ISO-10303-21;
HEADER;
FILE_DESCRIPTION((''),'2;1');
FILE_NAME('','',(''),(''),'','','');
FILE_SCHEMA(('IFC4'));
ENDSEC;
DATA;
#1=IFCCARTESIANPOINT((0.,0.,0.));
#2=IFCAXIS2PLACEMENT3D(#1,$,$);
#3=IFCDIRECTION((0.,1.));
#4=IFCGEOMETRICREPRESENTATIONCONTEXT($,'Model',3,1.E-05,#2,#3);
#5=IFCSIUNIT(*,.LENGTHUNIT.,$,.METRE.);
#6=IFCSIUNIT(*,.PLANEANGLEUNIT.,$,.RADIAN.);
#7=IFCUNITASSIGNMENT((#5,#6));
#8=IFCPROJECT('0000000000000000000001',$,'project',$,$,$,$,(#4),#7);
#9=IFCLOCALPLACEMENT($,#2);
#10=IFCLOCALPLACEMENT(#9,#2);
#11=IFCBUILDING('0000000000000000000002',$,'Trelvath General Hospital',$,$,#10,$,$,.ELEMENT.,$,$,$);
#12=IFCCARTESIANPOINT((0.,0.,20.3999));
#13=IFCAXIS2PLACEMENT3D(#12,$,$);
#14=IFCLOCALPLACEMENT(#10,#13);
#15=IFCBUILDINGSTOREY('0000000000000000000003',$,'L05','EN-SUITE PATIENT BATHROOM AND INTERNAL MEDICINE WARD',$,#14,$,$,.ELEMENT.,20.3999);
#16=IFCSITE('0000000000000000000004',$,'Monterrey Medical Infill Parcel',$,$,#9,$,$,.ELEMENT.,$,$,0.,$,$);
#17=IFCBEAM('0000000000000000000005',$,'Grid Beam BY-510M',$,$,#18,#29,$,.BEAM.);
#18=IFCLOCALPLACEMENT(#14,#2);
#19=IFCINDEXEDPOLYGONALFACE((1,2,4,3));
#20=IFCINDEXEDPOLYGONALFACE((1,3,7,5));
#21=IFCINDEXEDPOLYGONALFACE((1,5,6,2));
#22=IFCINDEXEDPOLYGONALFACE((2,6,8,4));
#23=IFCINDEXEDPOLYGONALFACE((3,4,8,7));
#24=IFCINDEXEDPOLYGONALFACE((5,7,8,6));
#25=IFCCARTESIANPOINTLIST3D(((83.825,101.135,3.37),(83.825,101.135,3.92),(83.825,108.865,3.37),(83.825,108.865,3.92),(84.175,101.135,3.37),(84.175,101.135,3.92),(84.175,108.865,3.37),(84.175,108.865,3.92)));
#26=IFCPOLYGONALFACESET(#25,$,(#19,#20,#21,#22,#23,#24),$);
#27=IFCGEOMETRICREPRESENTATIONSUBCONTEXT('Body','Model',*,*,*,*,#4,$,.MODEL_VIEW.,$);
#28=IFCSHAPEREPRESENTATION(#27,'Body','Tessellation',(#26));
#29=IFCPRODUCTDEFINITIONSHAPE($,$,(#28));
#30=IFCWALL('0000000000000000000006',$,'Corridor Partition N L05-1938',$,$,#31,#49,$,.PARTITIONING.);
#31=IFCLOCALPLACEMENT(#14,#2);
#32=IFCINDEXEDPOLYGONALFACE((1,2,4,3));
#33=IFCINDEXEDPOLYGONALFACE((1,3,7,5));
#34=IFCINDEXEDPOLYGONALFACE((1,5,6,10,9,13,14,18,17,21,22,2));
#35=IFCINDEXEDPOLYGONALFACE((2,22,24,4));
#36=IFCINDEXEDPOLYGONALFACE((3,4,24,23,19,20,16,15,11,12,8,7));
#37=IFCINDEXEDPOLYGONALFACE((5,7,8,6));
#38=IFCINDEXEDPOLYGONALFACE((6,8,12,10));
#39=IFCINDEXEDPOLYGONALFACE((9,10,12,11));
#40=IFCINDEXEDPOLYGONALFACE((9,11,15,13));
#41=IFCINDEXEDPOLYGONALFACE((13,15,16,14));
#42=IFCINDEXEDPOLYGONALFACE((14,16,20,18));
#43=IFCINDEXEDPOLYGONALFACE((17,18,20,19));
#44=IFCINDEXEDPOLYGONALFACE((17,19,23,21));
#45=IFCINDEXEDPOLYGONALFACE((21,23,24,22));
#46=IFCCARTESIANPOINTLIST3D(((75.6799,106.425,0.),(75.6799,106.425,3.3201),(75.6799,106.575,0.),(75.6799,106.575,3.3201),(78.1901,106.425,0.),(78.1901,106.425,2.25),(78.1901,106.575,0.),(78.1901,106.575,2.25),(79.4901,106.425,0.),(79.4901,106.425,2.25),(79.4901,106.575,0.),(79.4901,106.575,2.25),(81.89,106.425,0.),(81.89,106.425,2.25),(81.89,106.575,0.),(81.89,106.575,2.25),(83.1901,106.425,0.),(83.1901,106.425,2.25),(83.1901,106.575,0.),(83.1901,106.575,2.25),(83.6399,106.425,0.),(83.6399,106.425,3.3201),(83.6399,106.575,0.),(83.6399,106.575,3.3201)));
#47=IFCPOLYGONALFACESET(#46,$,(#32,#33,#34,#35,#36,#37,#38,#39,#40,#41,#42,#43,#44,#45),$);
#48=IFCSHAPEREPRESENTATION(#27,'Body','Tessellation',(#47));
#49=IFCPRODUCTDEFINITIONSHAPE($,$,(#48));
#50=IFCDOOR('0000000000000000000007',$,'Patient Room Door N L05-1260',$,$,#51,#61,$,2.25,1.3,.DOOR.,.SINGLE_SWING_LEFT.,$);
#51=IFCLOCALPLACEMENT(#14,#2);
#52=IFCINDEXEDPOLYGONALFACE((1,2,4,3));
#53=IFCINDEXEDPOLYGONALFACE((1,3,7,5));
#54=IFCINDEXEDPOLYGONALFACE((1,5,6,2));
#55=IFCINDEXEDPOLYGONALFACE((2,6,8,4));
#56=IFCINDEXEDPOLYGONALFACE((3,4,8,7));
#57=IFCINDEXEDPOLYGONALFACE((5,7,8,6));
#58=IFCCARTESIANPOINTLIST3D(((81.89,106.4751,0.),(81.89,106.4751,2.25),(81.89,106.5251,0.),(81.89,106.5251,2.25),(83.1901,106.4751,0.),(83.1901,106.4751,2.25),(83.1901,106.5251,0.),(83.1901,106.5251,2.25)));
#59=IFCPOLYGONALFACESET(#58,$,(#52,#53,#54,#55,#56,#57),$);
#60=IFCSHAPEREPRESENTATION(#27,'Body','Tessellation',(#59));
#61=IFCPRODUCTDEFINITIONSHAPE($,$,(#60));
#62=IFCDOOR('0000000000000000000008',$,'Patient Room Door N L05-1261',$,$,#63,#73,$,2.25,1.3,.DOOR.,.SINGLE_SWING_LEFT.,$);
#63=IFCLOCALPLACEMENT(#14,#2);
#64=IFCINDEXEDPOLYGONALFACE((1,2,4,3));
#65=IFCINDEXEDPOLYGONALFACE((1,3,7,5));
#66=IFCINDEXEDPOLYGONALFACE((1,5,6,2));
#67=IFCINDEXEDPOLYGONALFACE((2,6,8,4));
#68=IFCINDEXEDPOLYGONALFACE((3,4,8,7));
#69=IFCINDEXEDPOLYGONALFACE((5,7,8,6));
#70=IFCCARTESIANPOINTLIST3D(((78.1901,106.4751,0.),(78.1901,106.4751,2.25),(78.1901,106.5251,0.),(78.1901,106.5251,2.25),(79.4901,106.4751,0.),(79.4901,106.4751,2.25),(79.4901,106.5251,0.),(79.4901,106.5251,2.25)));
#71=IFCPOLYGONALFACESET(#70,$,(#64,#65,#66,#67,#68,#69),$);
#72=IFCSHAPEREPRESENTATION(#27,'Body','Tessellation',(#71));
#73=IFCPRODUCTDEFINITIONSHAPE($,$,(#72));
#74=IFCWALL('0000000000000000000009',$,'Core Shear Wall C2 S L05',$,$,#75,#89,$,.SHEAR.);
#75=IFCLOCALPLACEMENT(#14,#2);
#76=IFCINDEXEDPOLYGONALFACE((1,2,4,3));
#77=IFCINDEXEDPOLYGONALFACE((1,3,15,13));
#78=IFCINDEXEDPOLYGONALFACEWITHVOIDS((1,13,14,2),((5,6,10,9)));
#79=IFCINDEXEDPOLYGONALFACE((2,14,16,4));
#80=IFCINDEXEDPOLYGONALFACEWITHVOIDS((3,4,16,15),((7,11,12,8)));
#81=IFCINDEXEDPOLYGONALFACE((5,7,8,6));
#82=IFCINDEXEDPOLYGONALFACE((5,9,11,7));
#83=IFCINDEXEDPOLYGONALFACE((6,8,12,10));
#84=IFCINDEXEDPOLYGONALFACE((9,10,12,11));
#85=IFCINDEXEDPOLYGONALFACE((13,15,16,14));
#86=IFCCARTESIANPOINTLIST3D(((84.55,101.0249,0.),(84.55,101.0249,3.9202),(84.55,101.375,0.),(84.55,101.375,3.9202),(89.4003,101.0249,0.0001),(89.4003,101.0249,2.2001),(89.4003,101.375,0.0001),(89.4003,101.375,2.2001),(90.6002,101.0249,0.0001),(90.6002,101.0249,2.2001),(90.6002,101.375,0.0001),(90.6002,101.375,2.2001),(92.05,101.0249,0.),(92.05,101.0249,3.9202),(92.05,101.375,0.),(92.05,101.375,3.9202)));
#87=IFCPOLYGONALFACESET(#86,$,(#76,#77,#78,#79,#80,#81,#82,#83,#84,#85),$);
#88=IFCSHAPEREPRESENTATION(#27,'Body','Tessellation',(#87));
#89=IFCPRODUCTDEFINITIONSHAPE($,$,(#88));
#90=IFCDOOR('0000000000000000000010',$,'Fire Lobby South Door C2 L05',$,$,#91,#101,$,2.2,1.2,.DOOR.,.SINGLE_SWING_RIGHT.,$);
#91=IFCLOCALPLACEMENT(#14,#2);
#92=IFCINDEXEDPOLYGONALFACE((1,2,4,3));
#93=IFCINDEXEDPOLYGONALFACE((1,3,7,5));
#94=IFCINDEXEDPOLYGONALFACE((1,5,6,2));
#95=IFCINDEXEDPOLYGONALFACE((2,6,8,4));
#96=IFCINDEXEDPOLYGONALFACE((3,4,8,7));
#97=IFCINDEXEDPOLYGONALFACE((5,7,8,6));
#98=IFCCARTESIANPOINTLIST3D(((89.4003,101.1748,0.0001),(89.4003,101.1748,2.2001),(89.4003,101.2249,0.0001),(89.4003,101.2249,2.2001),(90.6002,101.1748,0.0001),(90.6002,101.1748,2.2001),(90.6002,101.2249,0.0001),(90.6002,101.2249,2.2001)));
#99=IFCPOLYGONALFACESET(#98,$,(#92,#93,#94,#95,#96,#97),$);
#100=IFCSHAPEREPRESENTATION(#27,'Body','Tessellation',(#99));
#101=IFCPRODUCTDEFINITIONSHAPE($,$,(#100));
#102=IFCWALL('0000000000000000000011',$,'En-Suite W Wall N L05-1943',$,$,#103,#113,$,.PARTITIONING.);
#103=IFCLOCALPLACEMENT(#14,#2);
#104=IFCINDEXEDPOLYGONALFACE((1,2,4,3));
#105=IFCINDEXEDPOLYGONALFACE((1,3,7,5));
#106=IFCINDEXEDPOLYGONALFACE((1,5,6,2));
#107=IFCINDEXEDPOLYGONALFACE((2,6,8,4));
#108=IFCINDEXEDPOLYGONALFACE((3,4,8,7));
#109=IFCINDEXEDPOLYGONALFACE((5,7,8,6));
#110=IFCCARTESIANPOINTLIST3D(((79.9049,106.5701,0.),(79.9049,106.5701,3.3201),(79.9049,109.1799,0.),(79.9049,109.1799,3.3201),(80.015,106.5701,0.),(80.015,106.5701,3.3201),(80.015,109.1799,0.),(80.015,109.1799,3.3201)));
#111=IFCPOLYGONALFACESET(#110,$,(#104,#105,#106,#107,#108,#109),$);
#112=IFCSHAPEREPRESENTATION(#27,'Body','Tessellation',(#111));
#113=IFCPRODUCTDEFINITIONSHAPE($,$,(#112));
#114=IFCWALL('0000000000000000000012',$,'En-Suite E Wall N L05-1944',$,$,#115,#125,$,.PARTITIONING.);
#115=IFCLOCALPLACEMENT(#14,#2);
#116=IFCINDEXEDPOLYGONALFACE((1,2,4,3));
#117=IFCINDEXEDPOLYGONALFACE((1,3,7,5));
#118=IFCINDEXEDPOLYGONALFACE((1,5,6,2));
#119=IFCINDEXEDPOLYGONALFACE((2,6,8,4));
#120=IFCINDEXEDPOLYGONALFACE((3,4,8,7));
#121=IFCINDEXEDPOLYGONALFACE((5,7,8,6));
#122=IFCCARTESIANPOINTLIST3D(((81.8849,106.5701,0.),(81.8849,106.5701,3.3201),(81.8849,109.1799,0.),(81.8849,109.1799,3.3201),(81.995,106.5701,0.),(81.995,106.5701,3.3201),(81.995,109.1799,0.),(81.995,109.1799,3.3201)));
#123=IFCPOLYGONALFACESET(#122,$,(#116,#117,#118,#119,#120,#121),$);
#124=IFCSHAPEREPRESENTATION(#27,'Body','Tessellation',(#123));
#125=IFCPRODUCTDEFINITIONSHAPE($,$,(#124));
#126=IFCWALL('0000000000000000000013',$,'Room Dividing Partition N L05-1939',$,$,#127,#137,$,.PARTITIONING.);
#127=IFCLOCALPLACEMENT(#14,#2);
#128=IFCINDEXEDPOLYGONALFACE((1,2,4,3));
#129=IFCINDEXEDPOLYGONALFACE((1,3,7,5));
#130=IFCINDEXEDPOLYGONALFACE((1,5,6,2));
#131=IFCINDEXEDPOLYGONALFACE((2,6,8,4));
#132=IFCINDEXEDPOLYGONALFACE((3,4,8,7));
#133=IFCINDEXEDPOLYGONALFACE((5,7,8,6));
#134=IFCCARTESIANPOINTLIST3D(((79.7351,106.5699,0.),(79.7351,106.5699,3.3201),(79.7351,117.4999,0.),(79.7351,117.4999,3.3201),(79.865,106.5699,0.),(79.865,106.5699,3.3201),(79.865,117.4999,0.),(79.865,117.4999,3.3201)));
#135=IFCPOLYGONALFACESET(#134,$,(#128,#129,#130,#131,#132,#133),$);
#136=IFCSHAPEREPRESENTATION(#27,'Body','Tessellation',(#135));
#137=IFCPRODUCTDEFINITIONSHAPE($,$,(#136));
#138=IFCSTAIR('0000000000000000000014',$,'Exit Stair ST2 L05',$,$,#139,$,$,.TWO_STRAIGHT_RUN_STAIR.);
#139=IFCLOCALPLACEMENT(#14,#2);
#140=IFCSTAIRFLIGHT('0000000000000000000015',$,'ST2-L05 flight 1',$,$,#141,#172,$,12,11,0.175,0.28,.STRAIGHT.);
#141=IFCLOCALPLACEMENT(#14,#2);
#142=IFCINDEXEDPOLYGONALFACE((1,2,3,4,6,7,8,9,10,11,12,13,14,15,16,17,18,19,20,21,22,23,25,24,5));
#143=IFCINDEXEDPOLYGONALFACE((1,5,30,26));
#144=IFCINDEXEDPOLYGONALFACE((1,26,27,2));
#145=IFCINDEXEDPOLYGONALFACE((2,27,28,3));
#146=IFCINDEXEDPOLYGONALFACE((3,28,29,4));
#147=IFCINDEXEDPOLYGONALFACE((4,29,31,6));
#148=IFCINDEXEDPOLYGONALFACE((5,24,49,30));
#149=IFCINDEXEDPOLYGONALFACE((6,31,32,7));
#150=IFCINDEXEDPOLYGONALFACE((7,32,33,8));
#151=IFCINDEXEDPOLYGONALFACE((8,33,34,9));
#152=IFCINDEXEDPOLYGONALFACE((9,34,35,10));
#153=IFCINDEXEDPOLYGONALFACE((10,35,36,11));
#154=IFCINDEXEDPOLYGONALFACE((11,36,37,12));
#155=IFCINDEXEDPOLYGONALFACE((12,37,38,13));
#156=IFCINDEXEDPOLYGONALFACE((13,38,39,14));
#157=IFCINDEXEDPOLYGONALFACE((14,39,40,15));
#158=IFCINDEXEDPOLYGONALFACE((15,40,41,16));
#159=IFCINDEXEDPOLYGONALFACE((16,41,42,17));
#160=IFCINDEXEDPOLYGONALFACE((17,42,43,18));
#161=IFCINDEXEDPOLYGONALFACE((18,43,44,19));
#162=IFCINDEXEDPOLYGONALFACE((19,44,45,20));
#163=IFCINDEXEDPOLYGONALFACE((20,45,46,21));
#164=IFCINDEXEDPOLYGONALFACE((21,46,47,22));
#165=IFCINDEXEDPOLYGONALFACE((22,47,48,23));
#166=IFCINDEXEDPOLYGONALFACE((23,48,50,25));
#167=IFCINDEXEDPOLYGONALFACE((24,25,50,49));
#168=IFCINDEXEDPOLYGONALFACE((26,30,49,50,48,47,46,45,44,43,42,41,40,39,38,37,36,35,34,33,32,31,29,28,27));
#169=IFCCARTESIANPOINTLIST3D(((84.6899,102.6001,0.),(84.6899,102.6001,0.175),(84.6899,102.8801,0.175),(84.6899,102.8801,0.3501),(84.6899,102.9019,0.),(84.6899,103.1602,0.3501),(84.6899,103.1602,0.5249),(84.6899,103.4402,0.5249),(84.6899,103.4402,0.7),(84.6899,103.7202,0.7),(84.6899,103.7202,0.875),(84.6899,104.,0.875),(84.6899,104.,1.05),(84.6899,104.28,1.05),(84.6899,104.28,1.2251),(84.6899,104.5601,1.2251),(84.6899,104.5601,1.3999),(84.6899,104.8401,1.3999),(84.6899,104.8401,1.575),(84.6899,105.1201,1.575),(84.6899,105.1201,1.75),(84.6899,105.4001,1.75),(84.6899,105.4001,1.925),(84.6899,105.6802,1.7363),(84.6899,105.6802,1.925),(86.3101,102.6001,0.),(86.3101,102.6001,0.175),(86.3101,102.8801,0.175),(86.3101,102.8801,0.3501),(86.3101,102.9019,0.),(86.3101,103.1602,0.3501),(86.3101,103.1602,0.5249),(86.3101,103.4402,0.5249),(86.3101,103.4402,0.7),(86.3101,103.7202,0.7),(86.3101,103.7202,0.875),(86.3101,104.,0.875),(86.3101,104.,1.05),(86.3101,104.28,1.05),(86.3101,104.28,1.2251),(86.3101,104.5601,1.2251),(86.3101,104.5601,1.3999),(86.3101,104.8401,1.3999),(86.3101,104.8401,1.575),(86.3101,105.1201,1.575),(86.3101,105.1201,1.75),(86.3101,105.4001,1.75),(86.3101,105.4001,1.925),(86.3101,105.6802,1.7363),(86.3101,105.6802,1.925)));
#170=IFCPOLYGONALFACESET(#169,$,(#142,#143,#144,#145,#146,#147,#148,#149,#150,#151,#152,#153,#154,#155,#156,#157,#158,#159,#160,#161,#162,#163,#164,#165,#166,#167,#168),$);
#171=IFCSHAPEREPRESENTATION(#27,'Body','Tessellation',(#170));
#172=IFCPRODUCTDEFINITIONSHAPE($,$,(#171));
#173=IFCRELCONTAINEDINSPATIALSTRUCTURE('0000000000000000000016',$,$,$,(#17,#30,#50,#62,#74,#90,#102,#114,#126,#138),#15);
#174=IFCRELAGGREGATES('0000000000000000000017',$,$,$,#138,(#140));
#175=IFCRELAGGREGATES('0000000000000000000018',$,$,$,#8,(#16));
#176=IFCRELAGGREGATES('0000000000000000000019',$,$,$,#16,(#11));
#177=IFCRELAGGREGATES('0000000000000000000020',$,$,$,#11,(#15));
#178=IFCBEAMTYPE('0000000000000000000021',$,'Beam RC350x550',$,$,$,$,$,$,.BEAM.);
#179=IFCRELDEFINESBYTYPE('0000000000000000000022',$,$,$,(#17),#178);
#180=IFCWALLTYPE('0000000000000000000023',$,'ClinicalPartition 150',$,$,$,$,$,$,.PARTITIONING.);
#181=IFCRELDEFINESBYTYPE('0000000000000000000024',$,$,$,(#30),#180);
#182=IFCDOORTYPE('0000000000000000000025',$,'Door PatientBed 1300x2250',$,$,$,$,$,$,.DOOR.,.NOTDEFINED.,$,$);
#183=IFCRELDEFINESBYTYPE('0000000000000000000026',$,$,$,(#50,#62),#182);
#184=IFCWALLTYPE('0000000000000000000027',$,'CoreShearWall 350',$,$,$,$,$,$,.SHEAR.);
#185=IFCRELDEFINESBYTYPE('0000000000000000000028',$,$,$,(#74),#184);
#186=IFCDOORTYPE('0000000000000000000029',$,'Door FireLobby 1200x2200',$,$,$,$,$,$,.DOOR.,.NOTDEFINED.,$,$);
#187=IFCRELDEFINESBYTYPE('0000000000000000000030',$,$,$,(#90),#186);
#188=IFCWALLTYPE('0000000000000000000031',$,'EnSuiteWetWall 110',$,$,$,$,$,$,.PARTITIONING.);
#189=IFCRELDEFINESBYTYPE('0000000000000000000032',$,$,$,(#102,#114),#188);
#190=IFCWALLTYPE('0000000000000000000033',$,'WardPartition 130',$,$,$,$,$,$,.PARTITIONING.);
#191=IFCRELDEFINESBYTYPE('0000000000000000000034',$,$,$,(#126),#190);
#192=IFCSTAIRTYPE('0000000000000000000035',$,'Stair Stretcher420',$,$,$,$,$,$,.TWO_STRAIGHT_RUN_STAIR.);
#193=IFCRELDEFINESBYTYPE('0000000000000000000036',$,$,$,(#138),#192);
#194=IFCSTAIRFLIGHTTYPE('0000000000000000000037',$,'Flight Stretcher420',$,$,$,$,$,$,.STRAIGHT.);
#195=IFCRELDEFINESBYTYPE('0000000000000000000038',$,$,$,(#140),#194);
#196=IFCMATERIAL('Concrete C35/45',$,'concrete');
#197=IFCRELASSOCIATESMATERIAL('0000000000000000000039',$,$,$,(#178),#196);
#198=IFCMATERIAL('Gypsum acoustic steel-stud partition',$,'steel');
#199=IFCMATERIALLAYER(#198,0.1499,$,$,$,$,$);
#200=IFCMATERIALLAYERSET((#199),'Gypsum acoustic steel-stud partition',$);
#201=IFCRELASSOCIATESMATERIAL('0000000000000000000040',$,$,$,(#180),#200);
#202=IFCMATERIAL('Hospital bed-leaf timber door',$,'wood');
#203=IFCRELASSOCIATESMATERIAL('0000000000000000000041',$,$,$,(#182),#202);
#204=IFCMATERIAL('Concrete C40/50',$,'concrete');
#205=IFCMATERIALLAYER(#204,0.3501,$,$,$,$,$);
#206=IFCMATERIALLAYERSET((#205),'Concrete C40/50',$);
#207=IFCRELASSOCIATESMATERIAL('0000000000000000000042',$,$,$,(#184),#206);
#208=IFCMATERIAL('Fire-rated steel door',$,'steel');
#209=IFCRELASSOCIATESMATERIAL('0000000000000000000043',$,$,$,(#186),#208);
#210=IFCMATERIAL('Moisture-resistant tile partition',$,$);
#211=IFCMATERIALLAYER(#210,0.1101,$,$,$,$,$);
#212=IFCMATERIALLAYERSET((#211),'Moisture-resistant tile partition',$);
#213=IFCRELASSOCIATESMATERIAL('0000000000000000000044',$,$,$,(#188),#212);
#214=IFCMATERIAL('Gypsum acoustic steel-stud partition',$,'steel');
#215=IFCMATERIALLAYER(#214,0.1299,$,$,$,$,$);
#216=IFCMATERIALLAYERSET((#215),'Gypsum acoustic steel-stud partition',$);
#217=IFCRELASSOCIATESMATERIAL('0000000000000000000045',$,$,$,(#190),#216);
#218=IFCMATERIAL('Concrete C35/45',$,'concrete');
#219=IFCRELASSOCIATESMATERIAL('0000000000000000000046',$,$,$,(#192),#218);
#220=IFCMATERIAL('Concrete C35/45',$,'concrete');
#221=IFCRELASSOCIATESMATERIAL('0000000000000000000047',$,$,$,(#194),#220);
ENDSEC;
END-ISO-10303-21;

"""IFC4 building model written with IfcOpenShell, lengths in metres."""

from ifc_helpers import new_model, si_unit, direction, frame, frame_2d, origin, origin_2d, place, context, subcontext, project, spatial, polyline, rectangle, outline, extrude, material, layer, layer_set, material_profile, profile_set, type_object, element, fill, aggregate, save


model = new_model("IFC4")

# Units and contexts
model_context = context("Model", 3, precision=1e-05, world=origin(), true_north=direction((0.0, 1.0)))
body_context = subcontext(model_context, "Body", "Model", "MODEL_VIEW")
ifc_project = project(units=[si_unit("LENGTHUNIT", "METRE"), si_unit("PLANEANGLEUNIT", "RADIAN")], contexts=[model_context])

# Site, building, storey
site_placement = place(None, origin())
site = spatial("IfcSite", under=ifc_project, at=site_placement, Name="Monterrey Medical Infill Parcel", CompositionType="ELEMENT", RefElevation=0.0)
building_placement = place(site_placement, origin())
building = spatial("IfcBuilding", under=site, at=building_placement, Name="Trelvath General Hospital", CompositionType="ELEMENT")
storey_placement = place(building_placement, frame((0.0, 0.0, 20.3999)))
storey = spatial("IfcBuildingStorey", under=building, at=storey_placement, Name="L05", Description="EN-SUITE PATIENT BATHROOM AND INTERNAL MEDICINE WARD", CompositionType="ELEMENT", Elevation=20.3999)

# Beam
ifc_material_1 = material(Name="Concrete C35/45", Category="concrete")
ifc_material_profile = material_profile(ifc_material_1, rectangle(XDim=0.3501, YDim=0.55, at=origin_2d()), Name="RCB350x550")
ifc_profile_set = profile_set([ifc_material_profile], Name="Concrete C35/45")
beam_type = type_object("IfcBeamType", Name="Beam RC350x550", PredefinedType="BEAM", material=ifc_profile_set)
beam_placement = place(storey_placement, frame((84.0, 101.135, 3.645), z_axis=(0.0, 1.0, 0.0), x_axis=(-1.0, 0.0, 0.0)))
element("IfcBeam", 1, at=beam_placement, inside=storey, type_object=beam_type, Name="Grid Beam BY-510M", PredefinedType="BEAM", context=body_context, shape_type="SweptSolid", body=[
    extrude(rectangle(XDim=0.3501, YDim=0.55, at=origin_2d()), origin(), (0.0, 0.0, 1.0), 7.73),
])

# Shared definitions
ifc_material_2 = material(Name="Gypsum acoustic steel-stud partition", Category="steel")
ifc_layer_1 = layer(ifc_material_2, 0.1499)
ifc_layer_set_1 = layer_set([ifc_layer_1], Name="Gypsum acoustic steel-stud partition")
wall_type_1 = type_object("IfcWallType", Name="ClinicalPartition 150", PredefinedType="PARTITIONING", material=ifc_layer_set_1)

# Wall, openings, doors
wall_1_placement = place(storey_placement, frame((83.6399, 106.5, 0.0), z_axis=(0.0, 0.0, 1.0), x_axis=(-1.0, 0.0, 0.0)))
wall_1 = element("IfcWall", 2, at=wall_1_placement, inside=storey, type_object=wall_type_1, Name="Corridor Partition N L05-1938", PredefinedType="PARTITIONING", context=body_context, shape_type="SweptSolid", body=[
    extrude(rectangle(XDim=7.96, YDim=0.1499, at=frame_2d((3.98, 0.0))), origin(), (0.0, 0.0, 1.0), 3.3201),
])
opening_1_placement = place(wall_1_placement, frame((0.45, 0.0, 0.0)))
opening_1 = element("IfcOpeningElement", 3, at=opening_1_placement, cuts=wall_1, PredefinedType="OPENING", context=body_context, shape_type="SweptSolid", body=[
    extrude(rectangle(XDim=1.3, YDim=2.25, at=frame_2d((0.6499, 1.125))), frame((0.0, 0.085, 0.0), z_axis=(0.0, -1.0, 0.0), x_axis=(1.0, 0.0, 0.0)), (0.0, 0.0, 1.0), 0.1699),
])
opening_2_placement = place(wall_1_placement, frame((4.1499, 0.0, 0.0)))
opening_2 = element("IfcOpeningElement", 4, at=opening_2_placement, cuts=wall_1, PredefinedType="OPENING", context=body_context, shape_type="SweptSolid", body=[
    extrude(rectangle(XDim=1.3, YDim=2.25, at=frame_2d((0.6499, 1.125))), frame((0.0, 0.085, 0.0), z_axis=(0.0, -1.0, 0.0), x_axis=(1.0, 0.0, 0.0)), (0.0, 0.0, 1.0), 0.1699),
])
ifc_material_3 = material(Name="Hospital bed-leaf timber door", Category="wood")
door_type_1 = type_object("IfcDoorType", Name="Door PatientBed 1300x2250", OperationType="NOTDEFINED", PredefinedType="DOOR", material=ifc_material_3)
door_1_placement = place(opening_1_placement, origin())
door_1 = element("IfcDoor", 5, at=door_1_placement, inside=storey, type_object=door_type_1, Name="Patient Room Door N L05-1260", OperationType="SINGLE_SWING_LEFT", OverallHeight=2.25, OverallWidth=1.3, PredefinedType="DOOR", context=body_context, shape_type="SweptSolid", body=[
    extrude(rectangle(XDim=1.3, YDim=2.25, at=frame_2d((0.6499, 1.125))), frame((0.0, 0.0249, 0.0), z_axis=(0.0, -1.0, 0.0), x_axis=(1.0, 0.0, 0.0)), (0.0, 0.0, 1.0), 0.05),
])
fill(opening_1, door_1)
door_2_placement = place(opening_2_placement, origin())
door_2 = element("IfcDoor", 6, at=door_2_placement, inside=storey, type_object=door_type_1, Name="Patient Room Door N L05-1261", OperationType="SINGLE_SWING_LEFT", OverallHeight=2.25, OverallWidth=1.3, PredefinedType="DOOR", context=body_context, shape_type="SweptSolid", body=[
    extrude(rectangle(XDim=1.3, YDim=2.25, at=frame_2d((0.6499, 1.125))), frame((0.0, 0.0249, 0.0), z_axis=(0.0, -1.0, 0.0), x_axis=(1.0, 0.0, 0.0)), (0.0, 0.0, 1.0), 0.05),
])
fill(opening_2, door_2)

# Wall, opening, door
ifc_material_4 = material(Name="Concrete C40/50", Category="concrete")
ifc_layer_2 = layer(ifc_material_4, 0.3501)
ifc_layer_set_2 = layer_set([ifc_layer_2], Name="Concrete C40/50")
wall_type_2 = type_object("IfcWallType", Name="CoreShearWall 350", PredefinedType="SHEAR", material=ifc_layer_set_2)
wall_2_placement = place(storey_placement, frame((84.55, 101.2, 0.0), z_axis=(0.0, 0.0, 1.0), x_axis=(1.0, 0.0, 0.0)))
wall_2 = element("IfcWall", 7, at=wall_2_placement, inside=storey, type_object=wall_type_2, Name="Core Shear Wall C2 S L05", PredefinedType="SHEAR", context=body_context, shape_type="SweptSolid", body=[
    extrude(rectangle(XDim=7.5, YDim=0.3501, at=frame_2d((3.75, 0.0))), origin(), (0.0, 0.0, 1.0), 3.9202),
])
opening_3_placement = place(wall_2_placement, frame((4.8501, 0.0, 0.0)))
opening_3 = element("IfcOpeningElement", 8, at=opening_3_placement, cuts=wall_2, PredefinedType="OPENING", context=body_context, shape_type="SweptSolid", body=[
    extrude(rectangle(XDim=1.2, YDim=2.2, at=frame_2d((0.6001, 1.1001))), frame((0.0, 0.1851, 0.0), z_axis=(0.0, -1.0, 0.0), x_axis=(1.0, 0.0, 0.0)), (0.0, 0.0, 1.0), 0.3701),
])
ifc_material_5 = material(Name="Fire-rated steel door", Category="steel")
door_type_2 = type_object("IfcDoorType", Name="Door FireLobby 1200x2200", OperationType="NOTDEFINED", PredefinedType="DOOR", material=ifc_material_5)
door_3_placement = place(opening_3_placement, origin())
door_3 = element("IfcDoor", 9, at=door_3_placement, inside=storey, type_object=door_type_2, Name="Fire Lobby South Door C2 L05", OperationType="SINGLE_SWING_RIGHT", OverallHeight=2.2, OverallWidth=1.2, PredefinedType="DOOR", context=body_context, shape_type="SweptSolid", body=[
    extrude(rectangle(XDim=1.2, YDim=2.2, at=frame_2d((0.6001, 1.1001))), frame((0.0, 0.0249, 0.0), z_axis=(0.0, -1.0, 0.0), x_axis=(1.0, 0.0, 0.0)), (0.0, 0.0, 1.0), 0.05),
])
fill(opening_3, door_3)

# Walls
ifc_material_6 = material(Name="Moisture-resistant tile partition")
ifc_layer_3 = layer(ifc_material_6, 0.1101)
ifc_layer_set_3 = layer_set([ifc_layer_3], Name="Moisture-resistant tile partition")
wall_type_3 = type_object("IfcWallType", Name="EnSuiteWetWall 110", PredefinedType="PARTITIONING", material=ifc_layer_set_3)
for number, where, z_axis, x_axis, name in (
    (10, (79.96, 106.5701, 0.0), (0.0, 0.0, 1.0), (0.0, 1.0, 0.0), "En-Suite W Wall N L05-1943"),
    (11, (81.9399, 106.5701, 0.0), (0.0, 0.0, 1.0), (0.0, 1.0, 0.0), "En-Suite E Wall N L05-1944"),
):
    element("IfcWall", number, at=place(storey_placement, frame(where, z_axis=z_axis, x_axis=x_axis)), inside=storey, type_object=wall_type_3, Name=name, PredefinedType="PARTITIONING", context=body_context, shape_type="SweptSolid", body=[
        extrude(rectangle(XDim=2.6099, YDim=0.1101, at=frame_2d((1.3049, 0.0))), origin(), (0.0, 0.0, 1.0), 3.3201),
    ])
ifc_material_7 = material(Name="Gypsum acoustic steel-stud partition", Category="steel")
ifc_layer_4 = layer(ifc_material_7, 0.1299)
ifc_layer_set_4 = layer_set([ifc_layer_4], Name="Gypsum acoustic steel-stud partition")
wall_type_4 = type_object("IfcWallType", Name="WardPartition 130", PredefinedType="PARTITIONING", material=ifc_layer_set_4)
wall_3_placement = place(storey_placement, frame((79.8, 106.5701, 0.0), z_axis=(0.0, 0.0, 1.0), x_axis=(0.0, 1.0, 0.0)))
element("IfcWall", 12, at=wall_3_placement, inside=storey, type_object=wall_type_4, Name="Room Dividing Partition N L05-1939", PredefinedType="PARTITIONING", context=body_context, shape_type="SweptSolid", body=[
    extrude(rectangle(XDim=10.9299, YDim=0.1299, at=frame_2d((5.4648, 0.0))), origin(), (0.0, 0.0, 1.0), 3.3201),
])

# Stair, stair flight
ifc_material_8 = material(Name="Concrete C35/45", Category="concrete")
stair_type = type_object("IfcStairType", Name="Stair Stretcher420", PredefinedType="TWO_STRAIGHT_RUN_STAIR", material=ifc_material_8)
stair_placement = place(storey_placement, origin())
stair = element("IfcStair", 13, at=stair_placement, inside=storey, type_object=stair_type, Name="Exit Stair ST2 L05", PredefinedType="TWO_STRAIGHT_RUN_STAIR")
ifc_material_9 = material(Name="Concrete C35/45", Category="concrete")
stair_flight_type = type_object("IfcStairFlightType", Name="Flight Stretcher420", PredefinedType="STRAIGHT", material=ifc_material_9)
stair_flight_placement = place(storey_placement, frame((85.5, 102.6001, 0.0), z_axis=(0.0, 0.0, 1.0), x_axis=(0.0, 1.0, 0.0)))
stair_flight = element("IfcStairFlight", 14, at=stair_flight_placement, type_object=stair_flight_type, Name="ST2-L05 flight 1", NumberOfRisers=12, NumberOfTreads=11, PredefinedType="STRAIGHT", RiserHeight=0.175, TreadLength=0.28, context=body_context, shape_type="SweptSolid", body=[
    extrude(outline(polyline([(0.0, 0.0), (0.0, 0.175), (0.28, 0.175), (0.28, 0.3501), (0.5601, 0.3501), (0.5601, 0.5249), (0.8401, 0.5249), (0.8401, 0.7), (1.1201, 0.7), (1.1201, 0.875), (1.3999, 0.875), (1.3999, 1.05), (1.6799, 1.05), (1.6799, 1.2251), (1.96, 1.2251), (1.96, 1.3999), (2.24, 1.3999), (2.24, 1.575), (2.52, 1.575), (2.52, 1.75), (2.8, 1.75), (2.8, 1.925), (3.0801, 1.925), (3.0801, 2.1001), (3.0801, 1.7363), (0.3018, 0.0), (0.0, 0.0)])), frame((0.0, 0.8101, 0.0), z_axis=(0.0, -1.0, 0.0), x_axis=(1.0, 0.0, 0.0)), (0.0, 0.0, 1.0), 1.6201),
])
aggregate(stair, [stair_flight])

save(model, "model.ifc")
